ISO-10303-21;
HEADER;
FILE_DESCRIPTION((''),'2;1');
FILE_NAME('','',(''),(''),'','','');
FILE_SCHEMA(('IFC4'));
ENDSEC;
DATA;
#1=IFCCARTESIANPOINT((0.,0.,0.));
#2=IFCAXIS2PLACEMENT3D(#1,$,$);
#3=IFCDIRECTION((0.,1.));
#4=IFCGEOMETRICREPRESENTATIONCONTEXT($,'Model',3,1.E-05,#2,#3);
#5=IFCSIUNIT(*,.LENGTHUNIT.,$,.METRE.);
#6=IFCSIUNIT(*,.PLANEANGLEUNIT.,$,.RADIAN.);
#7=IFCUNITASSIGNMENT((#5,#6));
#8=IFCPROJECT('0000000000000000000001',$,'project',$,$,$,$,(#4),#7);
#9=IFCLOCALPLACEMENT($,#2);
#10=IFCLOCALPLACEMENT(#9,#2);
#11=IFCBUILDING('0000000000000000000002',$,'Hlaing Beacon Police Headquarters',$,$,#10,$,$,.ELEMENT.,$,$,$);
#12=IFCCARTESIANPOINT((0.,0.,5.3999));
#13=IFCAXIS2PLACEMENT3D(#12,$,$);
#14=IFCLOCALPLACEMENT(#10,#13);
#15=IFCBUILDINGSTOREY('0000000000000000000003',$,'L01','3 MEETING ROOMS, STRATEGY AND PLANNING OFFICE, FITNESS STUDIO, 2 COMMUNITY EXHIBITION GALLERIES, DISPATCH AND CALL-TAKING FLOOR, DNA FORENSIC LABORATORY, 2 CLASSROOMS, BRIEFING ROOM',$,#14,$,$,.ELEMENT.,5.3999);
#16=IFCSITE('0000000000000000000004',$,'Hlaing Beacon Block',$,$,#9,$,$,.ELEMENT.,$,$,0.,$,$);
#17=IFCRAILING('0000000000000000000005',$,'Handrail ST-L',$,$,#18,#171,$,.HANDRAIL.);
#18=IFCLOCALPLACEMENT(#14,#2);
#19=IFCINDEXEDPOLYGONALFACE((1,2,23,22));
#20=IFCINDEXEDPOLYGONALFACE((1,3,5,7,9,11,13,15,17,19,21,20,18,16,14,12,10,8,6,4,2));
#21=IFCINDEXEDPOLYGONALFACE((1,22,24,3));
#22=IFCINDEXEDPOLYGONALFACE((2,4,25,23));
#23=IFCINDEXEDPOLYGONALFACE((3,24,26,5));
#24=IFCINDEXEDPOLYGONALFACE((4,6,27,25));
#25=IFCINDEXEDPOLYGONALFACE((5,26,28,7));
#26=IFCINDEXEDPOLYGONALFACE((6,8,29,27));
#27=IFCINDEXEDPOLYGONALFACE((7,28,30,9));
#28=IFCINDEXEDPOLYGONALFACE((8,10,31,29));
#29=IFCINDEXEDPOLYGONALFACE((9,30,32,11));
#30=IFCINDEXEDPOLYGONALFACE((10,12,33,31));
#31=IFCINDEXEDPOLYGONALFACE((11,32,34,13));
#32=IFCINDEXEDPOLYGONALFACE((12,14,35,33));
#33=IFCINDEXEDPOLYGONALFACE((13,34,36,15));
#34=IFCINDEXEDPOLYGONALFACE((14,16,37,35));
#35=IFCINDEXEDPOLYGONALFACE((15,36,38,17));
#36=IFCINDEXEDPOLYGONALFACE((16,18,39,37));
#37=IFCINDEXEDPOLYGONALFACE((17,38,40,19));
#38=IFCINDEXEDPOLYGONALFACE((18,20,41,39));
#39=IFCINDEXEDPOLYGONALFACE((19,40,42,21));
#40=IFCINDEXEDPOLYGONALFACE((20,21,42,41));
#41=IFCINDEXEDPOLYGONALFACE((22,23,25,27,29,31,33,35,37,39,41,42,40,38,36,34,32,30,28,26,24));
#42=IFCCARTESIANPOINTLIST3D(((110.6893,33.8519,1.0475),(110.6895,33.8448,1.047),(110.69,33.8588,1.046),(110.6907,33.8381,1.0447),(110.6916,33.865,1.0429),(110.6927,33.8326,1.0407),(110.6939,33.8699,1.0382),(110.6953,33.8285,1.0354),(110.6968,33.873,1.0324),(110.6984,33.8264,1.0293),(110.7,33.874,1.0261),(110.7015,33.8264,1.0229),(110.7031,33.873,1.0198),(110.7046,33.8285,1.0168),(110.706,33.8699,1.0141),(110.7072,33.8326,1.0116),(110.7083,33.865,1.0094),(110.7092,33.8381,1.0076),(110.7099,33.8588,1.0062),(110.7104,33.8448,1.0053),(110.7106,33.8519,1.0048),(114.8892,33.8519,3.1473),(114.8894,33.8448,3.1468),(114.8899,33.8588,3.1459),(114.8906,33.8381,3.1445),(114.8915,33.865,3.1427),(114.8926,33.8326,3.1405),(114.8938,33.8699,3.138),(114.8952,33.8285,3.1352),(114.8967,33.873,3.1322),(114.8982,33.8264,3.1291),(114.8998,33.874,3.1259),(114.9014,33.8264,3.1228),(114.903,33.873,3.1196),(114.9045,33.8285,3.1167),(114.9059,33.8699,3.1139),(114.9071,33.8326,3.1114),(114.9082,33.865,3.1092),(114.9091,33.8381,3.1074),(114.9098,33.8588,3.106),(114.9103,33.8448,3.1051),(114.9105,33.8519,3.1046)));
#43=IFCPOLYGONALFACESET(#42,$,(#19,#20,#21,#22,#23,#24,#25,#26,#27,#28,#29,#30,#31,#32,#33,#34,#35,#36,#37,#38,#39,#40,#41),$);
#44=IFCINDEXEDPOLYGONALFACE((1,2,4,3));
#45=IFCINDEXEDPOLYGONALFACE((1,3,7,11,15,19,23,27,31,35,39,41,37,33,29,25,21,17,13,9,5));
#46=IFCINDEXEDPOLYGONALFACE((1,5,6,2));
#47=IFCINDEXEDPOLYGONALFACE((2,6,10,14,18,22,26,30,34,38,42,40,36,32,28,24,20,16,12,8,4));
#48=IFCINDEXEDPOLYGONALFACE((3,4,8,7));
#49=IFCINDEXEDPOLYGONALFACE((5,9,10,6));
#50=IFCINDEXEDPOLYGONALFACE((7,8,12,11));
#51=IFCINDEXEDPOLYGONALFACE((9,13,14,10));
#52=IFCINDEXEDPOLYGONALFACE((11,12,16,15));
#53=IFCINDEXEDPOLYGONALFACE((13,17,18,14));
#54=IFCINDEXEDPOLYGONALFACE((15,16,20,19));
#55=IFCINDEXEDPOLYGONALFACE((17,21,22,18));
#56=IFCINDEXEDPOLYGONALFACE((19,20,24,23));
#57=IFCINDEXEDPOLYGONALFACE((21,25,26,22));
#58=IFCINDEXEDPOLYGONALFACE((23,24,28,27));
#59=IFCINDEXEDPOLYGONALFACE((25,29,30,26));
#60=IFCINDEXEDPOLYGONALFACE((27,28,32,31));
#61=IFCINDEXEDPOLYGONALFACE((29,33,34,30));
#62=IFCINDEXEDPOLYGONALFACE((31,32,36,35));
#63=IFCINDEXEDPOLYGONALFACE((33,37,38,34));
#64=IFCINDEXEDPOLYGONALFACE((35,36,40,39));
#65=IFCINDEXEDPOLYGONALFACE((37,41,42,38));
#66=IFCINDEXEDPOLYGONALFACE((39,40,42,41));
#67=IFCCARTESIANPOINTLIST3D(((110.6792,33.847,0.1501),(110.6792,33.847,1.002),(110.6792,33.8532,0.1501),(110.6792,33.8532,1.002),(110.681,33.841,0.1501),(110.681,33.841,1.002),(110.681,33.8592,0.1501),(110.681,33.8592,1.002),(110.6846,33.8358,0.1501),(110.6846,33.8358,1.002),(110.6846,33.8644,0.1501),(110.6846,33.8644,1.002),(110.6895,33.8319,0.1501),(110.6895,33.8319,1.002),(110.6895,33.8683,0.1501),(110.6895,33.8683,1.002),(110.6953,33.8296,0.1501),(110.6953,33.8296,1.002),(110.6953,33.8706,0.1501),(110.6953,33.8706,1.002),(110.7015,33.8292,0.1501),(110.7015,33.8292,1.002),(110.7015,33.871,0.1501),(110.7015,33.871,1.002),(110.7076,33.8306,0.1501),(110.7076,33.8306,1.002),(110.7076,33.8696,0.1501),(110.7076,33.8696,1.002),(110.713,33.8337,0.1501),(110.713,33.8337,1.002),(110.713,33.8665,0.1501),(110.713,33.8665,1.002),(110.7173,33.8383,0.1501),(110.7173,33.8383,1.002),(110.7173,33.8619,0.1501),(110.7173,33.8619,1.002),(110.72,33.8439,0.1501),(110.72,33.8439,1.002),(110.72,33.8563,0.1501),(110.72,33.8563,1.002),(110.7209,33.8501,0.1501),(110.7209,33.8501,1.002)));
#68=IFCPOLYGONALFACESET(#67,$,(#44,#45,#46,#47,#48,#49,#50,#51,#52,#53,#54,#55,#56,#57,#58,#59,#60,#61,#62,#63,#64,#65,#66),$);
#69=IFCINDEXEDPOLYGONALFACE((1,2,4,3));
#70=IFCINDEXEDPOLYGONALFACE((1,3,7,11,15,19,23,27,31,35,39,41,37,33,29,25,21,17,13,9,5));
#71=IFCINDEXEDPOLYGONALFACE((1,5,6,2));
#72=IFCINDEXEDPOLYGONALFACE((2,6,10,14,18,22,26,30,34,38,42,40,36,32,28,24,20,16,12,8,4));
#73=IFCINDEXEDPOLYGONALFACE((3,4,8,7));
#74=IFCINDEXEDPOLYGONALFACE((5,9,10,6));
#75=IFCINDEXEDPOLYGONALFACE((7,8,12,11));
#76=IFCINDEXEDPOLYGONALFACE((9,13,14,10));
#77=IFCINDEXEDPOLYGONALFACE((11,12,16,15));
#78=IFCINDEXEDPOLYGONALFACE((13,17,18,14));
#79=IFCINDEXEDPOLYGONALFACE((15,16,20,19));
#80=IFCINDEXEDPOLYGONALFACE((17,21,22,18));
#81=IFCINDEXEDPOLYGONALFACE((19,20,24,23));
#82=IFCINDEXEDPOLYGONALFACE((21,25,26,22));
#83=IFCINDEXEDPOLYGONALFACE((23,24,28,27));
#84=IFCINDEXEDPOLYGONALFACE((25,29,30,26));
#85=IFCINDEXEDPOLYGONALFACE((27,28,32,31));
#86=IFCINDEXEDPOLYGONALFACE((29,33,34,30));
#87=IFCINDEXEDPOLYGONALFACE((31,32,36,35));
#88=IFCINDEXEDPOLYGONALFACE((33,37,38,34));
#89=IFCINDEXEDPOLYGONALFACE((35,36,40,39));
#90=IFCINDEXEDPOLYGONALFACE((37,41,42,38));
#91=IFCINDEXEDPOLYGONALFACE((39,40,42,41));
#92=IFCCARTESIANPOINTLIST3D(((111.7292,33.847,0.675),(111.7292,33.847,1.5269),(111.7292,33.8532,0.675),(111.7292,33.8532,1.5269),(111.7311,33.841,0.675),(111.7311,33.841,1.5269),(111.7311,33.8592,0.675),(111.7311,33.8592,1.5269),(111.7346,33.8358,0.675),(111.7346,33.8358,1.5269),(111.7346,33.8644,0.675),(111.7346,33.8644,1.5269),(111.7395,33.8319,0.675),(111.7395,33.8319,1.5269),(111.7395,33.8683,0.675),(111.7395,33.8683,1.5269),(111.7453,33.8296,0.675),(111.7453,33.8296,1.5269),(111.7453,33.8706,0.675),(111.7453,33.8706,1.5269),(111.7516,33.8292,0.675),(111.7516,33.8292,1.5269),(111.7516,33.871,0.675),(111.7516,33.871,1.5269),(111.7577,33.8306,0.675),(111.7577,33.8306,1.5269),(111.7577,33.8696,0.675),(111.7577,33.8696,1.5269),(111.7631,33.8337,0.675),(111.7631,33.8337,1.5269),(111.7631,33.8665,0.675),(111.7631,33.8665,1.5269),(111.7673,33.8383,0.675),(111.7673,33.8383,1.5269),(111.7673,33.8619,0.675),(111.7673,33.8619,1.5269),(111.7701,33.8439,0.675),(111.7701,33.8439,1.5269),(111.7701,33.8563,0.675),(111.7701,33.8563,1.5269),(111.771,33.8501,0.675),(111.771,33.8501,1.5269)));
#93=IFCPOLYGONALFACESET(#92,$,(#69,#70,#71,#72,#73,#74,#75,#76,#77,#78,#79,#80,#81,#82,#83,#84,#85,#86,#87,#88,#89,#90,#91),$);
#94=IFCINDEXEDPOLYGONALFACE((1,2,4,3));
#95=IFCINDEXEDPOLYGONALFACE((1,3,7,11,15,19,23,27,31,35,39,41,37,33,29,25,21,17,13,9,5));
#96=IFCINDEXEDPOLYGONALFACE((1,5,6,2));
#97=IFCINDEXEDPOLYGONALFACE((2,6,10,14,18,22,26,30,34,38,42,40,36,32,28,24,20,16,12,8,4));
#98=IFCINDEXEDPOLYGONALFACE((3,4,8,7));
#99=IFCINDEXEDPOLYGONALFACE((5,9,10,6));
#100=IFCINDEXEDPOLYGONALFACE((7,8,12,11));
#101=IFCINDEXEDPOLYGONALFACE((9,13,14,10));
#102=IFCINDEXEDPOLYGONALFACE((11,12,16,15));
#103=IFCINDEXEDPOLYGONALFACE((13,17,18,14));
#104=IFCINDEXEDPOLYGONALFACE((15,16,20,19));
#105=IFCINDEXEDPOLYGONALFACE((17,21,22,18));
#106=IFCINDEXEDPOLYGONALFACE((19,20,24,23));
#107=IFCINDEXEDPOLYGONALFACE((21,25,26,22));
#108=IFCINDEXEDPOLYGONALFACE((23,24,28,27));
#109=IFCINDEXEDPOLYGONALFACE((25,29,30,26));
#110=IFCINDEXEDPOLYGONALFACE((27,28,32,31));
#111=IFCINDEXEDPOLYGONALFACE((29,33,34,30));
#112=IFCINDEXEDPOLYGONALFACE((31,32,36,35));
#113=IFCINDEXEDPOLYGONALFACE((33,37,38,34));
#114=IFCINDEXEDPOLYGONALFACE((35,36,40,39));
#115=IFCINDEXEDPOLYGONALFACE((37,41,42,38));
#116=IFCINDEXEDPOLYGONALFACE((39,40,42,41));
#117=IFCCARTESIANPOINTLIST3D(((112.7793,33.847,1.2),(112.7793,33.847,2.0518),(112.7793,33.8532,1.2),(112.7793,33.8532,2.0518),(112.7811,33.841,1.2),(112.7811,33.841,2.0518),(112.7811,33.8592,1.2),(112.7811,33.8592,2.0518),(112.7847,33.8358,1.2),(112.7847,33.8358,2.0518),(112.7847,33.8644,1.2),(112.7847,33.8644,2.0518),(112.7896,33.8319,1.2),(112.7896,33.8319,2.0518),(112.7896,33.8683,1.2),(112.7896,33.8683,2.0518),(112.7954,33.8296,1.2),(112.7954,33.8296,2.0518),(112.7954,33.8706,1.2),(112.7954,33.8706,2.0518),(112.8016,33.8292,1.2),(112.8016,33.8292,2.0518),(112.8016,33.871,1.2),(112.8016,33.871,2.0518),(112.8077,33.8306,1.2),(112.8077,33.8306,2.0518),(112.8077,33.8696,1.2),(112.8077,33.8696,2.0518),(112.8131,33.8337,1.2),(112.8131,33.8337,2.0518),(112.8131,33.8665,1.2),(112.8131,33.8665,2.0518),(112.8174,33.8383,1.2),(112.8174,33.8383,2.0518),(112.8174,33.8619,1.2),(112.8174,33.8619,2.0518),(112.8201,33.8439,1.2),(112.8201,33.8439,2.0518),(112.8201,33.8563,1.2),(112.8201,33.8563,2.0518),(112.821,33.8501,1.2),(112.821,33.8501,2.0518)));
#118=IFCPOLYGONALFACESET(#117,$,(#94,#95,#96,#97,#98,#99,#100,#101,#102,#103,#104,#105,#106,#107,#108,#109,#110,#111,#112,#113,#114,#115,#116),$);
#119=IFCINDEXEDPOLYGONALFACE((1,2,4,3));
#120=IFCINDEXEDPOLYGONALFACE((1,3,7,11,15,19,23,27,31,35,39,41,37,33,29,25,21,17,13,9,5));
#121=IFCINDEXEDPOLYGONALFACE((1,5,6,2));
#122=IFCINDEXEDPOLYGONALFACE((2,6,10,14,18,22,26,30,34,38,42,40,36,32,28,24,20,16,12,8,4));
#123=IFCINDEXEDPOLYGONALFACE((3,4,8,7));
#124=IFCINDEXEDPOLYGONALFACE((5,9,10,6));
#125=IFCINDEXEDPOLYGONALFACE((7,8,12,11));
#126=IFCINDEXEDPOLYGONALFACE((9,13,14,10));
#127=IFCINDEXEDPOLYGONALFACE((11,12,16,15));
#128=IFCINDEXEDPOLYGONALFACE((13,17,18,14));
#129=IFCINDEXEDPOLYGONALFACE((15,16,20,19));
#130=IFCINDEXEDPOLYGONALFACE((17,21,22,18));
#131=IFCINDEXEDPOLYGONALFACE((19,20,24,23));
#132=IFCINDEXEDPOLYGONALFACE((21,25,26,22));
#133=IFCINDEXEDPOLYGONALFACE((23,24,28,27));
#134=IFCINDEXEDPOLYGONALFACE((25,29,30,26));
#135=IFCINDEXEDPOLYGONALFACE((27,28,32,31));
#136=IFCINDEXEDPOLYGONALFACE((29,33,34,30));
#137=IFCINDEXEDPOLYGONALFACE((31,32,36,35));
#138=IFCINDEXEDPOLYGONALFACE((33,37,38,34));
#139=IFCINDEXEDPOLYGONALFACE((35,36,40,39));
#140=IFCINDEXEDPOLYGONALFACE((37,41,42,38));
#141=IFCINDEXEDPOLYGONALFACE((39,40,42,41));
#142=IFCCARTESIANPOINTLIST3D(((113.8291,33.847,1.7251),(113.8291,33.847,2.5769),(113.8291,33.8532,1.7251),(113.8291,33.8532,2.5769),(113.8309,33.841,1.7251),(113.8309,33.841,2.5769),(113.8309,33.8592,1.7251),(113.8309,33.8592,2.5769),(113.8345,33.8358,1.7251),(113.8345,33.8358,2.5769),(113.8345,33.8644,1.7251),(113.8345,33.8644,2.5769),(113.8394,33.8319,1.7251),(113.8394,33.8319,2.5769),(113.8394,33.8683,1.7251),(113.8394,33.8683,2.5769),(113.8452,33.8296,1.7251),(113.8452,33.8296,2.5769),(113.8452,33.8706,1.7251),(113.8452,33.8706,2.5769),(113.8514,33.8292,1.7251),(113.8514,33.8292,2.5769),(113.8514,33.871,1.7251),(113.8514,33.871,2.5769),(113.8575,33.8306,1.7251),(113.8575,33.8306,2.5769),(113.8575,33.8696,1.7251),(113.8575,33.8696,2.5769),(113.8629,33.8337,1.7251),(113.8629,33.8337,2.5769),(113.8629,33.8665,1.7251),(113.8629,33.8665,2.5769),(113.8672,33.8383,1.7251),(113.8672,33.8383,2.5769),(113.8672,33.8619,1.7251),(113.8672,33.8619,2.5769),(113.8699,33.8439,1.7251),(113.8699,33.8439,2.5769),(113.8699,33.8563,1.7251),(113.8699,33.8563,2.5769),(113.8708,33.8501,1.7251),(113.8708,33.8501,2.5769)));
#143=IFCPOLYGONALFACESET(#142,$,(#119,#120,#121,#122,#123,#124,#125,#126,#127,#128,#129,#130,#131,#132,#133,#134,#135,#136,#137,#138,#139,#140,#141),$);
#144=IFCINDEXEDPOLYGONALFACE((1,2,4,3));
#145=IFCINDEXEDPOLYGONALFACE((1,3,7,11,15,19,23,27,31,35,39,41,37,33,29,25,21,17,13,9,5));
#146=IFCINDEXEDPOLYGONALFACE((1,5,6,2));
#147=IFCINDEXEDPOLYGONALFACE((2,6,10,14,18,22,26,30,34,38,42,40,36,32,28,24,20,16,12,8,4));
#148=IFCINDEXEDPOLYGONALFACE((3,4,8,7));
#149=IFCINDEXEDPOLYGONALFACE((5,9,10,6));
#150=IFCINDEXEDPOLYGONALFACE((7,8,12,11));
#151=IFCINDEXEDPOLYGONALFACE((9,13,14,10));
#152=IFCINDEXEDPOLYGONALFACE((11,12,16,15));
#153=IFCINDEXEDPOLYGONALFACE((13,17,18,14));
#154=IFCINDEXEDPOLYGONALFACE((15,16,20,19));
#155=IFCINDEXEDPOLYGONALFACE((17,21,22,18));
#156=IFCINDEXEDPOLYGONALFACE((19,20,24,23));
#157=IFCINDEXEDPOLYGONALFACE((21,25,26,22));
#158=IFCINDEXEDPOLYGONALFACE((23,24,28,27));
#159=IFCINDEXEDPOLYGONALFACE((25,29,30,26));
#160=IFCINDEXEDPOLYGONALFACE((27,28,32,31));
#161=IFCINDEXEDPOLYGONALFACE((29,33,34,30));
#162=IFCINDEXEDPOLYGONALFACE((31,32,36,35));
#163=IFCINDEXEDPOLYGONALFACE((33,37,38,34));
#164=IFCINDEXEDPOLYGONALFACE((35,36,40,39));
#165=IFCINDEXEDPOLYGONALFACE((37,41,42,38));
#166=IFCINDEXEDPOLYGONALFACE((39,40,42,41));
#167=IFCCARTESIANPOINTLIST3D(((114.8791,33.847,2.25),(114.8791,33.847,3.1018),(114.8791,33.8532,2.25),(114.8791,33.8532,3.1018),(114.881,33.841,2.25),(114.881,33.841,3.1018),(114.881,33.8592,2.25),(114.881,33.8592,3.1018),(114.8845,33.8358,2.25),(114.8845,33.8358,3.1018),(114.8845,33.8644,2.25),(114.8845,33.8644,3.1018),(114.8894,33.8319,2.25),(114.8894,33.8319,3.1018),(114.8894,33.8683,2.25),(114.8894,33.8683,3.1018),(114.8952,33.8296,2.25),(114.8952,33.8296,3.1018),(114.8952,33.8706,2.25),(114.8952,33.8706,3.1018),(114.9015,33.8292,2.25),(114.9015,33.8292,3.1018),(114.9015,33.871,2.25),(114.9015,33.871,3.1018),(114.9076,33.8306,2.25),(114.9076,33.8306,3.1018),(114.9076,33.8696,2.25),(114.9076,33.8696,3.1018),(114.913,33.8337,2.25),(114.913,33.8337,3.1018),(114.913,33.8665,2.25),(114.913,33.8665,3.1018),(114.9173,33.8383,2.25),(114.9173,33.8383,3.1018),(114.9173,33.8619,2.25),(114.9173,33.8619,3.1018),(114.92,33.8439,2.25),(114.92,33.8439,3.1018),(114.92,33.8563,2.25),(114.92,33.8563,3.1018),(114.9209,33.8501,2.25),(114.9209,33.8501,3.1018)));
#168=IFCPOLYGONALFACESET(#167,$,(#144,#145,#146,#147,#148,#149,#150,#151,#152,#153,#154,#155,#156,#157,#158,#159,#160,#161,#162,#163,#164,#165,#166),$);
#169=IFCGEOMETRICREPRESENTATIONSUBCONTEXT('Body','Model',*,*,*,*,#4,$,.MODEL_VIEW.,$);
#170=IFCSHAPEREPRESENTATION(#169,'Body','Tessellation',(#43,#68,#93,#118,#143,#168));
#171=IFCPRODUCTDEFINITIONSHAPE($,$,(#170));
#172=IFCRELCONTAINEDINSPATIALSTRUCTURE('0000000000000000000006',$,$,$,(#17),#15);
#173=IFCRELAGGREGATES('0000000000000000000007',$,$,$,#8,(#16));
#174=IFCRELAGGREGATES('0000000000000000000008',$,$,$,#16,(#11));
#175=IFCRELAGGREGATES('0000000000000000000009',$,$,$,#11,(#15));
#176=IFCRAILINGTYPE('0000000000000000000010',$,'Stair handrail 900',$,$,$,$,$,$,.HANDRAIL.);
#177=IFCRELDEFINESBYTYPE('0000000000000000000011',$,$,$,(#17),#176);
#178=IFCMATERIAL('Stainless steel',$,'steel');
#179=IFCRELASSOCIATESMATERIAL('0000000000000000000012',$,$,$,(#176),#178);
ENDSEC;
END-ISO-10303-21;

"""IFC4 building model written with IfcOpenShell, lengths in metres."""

from ifc_helpers import new_model, si_unit, direction, frame, origin, origin_2d, place, context, subcontext, project, spatial, circle, extrude, material, type_object, element, save


model = new_model("IFC4")

# Units and contexts
model_context = context("Model", 3, precision=1e-05, world=origin(), true_north=direction((0.0, 1.0)))
body_context = subcontext(model_context, "Body", "Model", "MODEL_VIEW")
ifc_project = project(units=[si_unit("LENGTHUNIT", "METRE"), si_unit("PLANEANGLEUNIT", "RADIAN")], contexts=[model_context])

# Site, building, storey
site_placement = place(None, origin())
site = spatial("IfcSite", under=ifc_project, at=site_placement, Name="Hlaing Beacon Block", CompositionType="ELEMENT", RefElevation=0.0)
building_placement = place(site_placement, origin())
building = spatial("IfcBuilding", under=site, at=building_placement, Name="Hlaing Beacon Police Headquarters", CompositionType="ELEMENT")
storey_placement = place(building_placement, frame((0.0, 0.0, 5.3999)))
storey = spatial("IfcBuildingStorey", under=building, at=storey_placement, Name="L01", Description="3 MEETING ROOMS, STRATEGY AND PLANNING OFFICE, FITNESS STUDIO, 2 COMMUNITY EXHIBITION GALLERIES, DISPATCH AND CALL-TAKING FLOOR, DNA FORENSIC LABORATORY, 2 CLASSROOMS, BRIEFING ROOM", CompositionType="ELEMENT", Elevation=5.3999)

# Railing
ifc_material_1 = material(Name="Stainless steel", Category="steel")
railing_type = type_object("IfcRailingType", Name="Stair handrail 900", PredefinedType="HANDRAIL", material=ifc_material_1)
railing_placement = place(storey_placement, frame((110.7, 33.8501, 0.1501)))
element("IfcRailing", 1, at=railing_placement, inside=storey, type_object=railing_type, Name="Handrail ST-L", PredefinedType="HANDRAIL", context=body_context, shape_type="SweptSolid", body=[
    extrude(circle(Radius=0.0239, at=origin_2d()), frame((0.0, 0.0, 0.876), z_axis=(0.894438, 0.0, 0.447193), x_axis=(0.0, 1.0, 0.0)), (0.0, 0.0, 1.0), 4.6956),
    extrude(circle(Radius=0.021, at=origin_2d()), origin(), (0.0, 0.0, 1.0), 0.8518),
    extrude(circle(Radius=0.021, at=origin_2d()), frame((1.05, 0.0, 0.5249)), (0.0, 0.0, 1.0), 0.8518),
    extrude(circle(Radius=0.021, at=origin_2d()), frame((2.1001, 0.0, 1.0498)), (0.0, 0.0, 1.0), 0.8518),
    extrude(circle(Radius=0.021, at=origin_2d()), frame((3.1499, 0.0, 1.575)), (0.0, 0.0, 1.0), 0.8518),
    extrude(circle(Radius=0.021, at=origin_2d()), frame((4.2, 0.0, 2.0999)), (0.0, 0.0, 1.0), 0.8518),
])

save(model, "model.ifc")
